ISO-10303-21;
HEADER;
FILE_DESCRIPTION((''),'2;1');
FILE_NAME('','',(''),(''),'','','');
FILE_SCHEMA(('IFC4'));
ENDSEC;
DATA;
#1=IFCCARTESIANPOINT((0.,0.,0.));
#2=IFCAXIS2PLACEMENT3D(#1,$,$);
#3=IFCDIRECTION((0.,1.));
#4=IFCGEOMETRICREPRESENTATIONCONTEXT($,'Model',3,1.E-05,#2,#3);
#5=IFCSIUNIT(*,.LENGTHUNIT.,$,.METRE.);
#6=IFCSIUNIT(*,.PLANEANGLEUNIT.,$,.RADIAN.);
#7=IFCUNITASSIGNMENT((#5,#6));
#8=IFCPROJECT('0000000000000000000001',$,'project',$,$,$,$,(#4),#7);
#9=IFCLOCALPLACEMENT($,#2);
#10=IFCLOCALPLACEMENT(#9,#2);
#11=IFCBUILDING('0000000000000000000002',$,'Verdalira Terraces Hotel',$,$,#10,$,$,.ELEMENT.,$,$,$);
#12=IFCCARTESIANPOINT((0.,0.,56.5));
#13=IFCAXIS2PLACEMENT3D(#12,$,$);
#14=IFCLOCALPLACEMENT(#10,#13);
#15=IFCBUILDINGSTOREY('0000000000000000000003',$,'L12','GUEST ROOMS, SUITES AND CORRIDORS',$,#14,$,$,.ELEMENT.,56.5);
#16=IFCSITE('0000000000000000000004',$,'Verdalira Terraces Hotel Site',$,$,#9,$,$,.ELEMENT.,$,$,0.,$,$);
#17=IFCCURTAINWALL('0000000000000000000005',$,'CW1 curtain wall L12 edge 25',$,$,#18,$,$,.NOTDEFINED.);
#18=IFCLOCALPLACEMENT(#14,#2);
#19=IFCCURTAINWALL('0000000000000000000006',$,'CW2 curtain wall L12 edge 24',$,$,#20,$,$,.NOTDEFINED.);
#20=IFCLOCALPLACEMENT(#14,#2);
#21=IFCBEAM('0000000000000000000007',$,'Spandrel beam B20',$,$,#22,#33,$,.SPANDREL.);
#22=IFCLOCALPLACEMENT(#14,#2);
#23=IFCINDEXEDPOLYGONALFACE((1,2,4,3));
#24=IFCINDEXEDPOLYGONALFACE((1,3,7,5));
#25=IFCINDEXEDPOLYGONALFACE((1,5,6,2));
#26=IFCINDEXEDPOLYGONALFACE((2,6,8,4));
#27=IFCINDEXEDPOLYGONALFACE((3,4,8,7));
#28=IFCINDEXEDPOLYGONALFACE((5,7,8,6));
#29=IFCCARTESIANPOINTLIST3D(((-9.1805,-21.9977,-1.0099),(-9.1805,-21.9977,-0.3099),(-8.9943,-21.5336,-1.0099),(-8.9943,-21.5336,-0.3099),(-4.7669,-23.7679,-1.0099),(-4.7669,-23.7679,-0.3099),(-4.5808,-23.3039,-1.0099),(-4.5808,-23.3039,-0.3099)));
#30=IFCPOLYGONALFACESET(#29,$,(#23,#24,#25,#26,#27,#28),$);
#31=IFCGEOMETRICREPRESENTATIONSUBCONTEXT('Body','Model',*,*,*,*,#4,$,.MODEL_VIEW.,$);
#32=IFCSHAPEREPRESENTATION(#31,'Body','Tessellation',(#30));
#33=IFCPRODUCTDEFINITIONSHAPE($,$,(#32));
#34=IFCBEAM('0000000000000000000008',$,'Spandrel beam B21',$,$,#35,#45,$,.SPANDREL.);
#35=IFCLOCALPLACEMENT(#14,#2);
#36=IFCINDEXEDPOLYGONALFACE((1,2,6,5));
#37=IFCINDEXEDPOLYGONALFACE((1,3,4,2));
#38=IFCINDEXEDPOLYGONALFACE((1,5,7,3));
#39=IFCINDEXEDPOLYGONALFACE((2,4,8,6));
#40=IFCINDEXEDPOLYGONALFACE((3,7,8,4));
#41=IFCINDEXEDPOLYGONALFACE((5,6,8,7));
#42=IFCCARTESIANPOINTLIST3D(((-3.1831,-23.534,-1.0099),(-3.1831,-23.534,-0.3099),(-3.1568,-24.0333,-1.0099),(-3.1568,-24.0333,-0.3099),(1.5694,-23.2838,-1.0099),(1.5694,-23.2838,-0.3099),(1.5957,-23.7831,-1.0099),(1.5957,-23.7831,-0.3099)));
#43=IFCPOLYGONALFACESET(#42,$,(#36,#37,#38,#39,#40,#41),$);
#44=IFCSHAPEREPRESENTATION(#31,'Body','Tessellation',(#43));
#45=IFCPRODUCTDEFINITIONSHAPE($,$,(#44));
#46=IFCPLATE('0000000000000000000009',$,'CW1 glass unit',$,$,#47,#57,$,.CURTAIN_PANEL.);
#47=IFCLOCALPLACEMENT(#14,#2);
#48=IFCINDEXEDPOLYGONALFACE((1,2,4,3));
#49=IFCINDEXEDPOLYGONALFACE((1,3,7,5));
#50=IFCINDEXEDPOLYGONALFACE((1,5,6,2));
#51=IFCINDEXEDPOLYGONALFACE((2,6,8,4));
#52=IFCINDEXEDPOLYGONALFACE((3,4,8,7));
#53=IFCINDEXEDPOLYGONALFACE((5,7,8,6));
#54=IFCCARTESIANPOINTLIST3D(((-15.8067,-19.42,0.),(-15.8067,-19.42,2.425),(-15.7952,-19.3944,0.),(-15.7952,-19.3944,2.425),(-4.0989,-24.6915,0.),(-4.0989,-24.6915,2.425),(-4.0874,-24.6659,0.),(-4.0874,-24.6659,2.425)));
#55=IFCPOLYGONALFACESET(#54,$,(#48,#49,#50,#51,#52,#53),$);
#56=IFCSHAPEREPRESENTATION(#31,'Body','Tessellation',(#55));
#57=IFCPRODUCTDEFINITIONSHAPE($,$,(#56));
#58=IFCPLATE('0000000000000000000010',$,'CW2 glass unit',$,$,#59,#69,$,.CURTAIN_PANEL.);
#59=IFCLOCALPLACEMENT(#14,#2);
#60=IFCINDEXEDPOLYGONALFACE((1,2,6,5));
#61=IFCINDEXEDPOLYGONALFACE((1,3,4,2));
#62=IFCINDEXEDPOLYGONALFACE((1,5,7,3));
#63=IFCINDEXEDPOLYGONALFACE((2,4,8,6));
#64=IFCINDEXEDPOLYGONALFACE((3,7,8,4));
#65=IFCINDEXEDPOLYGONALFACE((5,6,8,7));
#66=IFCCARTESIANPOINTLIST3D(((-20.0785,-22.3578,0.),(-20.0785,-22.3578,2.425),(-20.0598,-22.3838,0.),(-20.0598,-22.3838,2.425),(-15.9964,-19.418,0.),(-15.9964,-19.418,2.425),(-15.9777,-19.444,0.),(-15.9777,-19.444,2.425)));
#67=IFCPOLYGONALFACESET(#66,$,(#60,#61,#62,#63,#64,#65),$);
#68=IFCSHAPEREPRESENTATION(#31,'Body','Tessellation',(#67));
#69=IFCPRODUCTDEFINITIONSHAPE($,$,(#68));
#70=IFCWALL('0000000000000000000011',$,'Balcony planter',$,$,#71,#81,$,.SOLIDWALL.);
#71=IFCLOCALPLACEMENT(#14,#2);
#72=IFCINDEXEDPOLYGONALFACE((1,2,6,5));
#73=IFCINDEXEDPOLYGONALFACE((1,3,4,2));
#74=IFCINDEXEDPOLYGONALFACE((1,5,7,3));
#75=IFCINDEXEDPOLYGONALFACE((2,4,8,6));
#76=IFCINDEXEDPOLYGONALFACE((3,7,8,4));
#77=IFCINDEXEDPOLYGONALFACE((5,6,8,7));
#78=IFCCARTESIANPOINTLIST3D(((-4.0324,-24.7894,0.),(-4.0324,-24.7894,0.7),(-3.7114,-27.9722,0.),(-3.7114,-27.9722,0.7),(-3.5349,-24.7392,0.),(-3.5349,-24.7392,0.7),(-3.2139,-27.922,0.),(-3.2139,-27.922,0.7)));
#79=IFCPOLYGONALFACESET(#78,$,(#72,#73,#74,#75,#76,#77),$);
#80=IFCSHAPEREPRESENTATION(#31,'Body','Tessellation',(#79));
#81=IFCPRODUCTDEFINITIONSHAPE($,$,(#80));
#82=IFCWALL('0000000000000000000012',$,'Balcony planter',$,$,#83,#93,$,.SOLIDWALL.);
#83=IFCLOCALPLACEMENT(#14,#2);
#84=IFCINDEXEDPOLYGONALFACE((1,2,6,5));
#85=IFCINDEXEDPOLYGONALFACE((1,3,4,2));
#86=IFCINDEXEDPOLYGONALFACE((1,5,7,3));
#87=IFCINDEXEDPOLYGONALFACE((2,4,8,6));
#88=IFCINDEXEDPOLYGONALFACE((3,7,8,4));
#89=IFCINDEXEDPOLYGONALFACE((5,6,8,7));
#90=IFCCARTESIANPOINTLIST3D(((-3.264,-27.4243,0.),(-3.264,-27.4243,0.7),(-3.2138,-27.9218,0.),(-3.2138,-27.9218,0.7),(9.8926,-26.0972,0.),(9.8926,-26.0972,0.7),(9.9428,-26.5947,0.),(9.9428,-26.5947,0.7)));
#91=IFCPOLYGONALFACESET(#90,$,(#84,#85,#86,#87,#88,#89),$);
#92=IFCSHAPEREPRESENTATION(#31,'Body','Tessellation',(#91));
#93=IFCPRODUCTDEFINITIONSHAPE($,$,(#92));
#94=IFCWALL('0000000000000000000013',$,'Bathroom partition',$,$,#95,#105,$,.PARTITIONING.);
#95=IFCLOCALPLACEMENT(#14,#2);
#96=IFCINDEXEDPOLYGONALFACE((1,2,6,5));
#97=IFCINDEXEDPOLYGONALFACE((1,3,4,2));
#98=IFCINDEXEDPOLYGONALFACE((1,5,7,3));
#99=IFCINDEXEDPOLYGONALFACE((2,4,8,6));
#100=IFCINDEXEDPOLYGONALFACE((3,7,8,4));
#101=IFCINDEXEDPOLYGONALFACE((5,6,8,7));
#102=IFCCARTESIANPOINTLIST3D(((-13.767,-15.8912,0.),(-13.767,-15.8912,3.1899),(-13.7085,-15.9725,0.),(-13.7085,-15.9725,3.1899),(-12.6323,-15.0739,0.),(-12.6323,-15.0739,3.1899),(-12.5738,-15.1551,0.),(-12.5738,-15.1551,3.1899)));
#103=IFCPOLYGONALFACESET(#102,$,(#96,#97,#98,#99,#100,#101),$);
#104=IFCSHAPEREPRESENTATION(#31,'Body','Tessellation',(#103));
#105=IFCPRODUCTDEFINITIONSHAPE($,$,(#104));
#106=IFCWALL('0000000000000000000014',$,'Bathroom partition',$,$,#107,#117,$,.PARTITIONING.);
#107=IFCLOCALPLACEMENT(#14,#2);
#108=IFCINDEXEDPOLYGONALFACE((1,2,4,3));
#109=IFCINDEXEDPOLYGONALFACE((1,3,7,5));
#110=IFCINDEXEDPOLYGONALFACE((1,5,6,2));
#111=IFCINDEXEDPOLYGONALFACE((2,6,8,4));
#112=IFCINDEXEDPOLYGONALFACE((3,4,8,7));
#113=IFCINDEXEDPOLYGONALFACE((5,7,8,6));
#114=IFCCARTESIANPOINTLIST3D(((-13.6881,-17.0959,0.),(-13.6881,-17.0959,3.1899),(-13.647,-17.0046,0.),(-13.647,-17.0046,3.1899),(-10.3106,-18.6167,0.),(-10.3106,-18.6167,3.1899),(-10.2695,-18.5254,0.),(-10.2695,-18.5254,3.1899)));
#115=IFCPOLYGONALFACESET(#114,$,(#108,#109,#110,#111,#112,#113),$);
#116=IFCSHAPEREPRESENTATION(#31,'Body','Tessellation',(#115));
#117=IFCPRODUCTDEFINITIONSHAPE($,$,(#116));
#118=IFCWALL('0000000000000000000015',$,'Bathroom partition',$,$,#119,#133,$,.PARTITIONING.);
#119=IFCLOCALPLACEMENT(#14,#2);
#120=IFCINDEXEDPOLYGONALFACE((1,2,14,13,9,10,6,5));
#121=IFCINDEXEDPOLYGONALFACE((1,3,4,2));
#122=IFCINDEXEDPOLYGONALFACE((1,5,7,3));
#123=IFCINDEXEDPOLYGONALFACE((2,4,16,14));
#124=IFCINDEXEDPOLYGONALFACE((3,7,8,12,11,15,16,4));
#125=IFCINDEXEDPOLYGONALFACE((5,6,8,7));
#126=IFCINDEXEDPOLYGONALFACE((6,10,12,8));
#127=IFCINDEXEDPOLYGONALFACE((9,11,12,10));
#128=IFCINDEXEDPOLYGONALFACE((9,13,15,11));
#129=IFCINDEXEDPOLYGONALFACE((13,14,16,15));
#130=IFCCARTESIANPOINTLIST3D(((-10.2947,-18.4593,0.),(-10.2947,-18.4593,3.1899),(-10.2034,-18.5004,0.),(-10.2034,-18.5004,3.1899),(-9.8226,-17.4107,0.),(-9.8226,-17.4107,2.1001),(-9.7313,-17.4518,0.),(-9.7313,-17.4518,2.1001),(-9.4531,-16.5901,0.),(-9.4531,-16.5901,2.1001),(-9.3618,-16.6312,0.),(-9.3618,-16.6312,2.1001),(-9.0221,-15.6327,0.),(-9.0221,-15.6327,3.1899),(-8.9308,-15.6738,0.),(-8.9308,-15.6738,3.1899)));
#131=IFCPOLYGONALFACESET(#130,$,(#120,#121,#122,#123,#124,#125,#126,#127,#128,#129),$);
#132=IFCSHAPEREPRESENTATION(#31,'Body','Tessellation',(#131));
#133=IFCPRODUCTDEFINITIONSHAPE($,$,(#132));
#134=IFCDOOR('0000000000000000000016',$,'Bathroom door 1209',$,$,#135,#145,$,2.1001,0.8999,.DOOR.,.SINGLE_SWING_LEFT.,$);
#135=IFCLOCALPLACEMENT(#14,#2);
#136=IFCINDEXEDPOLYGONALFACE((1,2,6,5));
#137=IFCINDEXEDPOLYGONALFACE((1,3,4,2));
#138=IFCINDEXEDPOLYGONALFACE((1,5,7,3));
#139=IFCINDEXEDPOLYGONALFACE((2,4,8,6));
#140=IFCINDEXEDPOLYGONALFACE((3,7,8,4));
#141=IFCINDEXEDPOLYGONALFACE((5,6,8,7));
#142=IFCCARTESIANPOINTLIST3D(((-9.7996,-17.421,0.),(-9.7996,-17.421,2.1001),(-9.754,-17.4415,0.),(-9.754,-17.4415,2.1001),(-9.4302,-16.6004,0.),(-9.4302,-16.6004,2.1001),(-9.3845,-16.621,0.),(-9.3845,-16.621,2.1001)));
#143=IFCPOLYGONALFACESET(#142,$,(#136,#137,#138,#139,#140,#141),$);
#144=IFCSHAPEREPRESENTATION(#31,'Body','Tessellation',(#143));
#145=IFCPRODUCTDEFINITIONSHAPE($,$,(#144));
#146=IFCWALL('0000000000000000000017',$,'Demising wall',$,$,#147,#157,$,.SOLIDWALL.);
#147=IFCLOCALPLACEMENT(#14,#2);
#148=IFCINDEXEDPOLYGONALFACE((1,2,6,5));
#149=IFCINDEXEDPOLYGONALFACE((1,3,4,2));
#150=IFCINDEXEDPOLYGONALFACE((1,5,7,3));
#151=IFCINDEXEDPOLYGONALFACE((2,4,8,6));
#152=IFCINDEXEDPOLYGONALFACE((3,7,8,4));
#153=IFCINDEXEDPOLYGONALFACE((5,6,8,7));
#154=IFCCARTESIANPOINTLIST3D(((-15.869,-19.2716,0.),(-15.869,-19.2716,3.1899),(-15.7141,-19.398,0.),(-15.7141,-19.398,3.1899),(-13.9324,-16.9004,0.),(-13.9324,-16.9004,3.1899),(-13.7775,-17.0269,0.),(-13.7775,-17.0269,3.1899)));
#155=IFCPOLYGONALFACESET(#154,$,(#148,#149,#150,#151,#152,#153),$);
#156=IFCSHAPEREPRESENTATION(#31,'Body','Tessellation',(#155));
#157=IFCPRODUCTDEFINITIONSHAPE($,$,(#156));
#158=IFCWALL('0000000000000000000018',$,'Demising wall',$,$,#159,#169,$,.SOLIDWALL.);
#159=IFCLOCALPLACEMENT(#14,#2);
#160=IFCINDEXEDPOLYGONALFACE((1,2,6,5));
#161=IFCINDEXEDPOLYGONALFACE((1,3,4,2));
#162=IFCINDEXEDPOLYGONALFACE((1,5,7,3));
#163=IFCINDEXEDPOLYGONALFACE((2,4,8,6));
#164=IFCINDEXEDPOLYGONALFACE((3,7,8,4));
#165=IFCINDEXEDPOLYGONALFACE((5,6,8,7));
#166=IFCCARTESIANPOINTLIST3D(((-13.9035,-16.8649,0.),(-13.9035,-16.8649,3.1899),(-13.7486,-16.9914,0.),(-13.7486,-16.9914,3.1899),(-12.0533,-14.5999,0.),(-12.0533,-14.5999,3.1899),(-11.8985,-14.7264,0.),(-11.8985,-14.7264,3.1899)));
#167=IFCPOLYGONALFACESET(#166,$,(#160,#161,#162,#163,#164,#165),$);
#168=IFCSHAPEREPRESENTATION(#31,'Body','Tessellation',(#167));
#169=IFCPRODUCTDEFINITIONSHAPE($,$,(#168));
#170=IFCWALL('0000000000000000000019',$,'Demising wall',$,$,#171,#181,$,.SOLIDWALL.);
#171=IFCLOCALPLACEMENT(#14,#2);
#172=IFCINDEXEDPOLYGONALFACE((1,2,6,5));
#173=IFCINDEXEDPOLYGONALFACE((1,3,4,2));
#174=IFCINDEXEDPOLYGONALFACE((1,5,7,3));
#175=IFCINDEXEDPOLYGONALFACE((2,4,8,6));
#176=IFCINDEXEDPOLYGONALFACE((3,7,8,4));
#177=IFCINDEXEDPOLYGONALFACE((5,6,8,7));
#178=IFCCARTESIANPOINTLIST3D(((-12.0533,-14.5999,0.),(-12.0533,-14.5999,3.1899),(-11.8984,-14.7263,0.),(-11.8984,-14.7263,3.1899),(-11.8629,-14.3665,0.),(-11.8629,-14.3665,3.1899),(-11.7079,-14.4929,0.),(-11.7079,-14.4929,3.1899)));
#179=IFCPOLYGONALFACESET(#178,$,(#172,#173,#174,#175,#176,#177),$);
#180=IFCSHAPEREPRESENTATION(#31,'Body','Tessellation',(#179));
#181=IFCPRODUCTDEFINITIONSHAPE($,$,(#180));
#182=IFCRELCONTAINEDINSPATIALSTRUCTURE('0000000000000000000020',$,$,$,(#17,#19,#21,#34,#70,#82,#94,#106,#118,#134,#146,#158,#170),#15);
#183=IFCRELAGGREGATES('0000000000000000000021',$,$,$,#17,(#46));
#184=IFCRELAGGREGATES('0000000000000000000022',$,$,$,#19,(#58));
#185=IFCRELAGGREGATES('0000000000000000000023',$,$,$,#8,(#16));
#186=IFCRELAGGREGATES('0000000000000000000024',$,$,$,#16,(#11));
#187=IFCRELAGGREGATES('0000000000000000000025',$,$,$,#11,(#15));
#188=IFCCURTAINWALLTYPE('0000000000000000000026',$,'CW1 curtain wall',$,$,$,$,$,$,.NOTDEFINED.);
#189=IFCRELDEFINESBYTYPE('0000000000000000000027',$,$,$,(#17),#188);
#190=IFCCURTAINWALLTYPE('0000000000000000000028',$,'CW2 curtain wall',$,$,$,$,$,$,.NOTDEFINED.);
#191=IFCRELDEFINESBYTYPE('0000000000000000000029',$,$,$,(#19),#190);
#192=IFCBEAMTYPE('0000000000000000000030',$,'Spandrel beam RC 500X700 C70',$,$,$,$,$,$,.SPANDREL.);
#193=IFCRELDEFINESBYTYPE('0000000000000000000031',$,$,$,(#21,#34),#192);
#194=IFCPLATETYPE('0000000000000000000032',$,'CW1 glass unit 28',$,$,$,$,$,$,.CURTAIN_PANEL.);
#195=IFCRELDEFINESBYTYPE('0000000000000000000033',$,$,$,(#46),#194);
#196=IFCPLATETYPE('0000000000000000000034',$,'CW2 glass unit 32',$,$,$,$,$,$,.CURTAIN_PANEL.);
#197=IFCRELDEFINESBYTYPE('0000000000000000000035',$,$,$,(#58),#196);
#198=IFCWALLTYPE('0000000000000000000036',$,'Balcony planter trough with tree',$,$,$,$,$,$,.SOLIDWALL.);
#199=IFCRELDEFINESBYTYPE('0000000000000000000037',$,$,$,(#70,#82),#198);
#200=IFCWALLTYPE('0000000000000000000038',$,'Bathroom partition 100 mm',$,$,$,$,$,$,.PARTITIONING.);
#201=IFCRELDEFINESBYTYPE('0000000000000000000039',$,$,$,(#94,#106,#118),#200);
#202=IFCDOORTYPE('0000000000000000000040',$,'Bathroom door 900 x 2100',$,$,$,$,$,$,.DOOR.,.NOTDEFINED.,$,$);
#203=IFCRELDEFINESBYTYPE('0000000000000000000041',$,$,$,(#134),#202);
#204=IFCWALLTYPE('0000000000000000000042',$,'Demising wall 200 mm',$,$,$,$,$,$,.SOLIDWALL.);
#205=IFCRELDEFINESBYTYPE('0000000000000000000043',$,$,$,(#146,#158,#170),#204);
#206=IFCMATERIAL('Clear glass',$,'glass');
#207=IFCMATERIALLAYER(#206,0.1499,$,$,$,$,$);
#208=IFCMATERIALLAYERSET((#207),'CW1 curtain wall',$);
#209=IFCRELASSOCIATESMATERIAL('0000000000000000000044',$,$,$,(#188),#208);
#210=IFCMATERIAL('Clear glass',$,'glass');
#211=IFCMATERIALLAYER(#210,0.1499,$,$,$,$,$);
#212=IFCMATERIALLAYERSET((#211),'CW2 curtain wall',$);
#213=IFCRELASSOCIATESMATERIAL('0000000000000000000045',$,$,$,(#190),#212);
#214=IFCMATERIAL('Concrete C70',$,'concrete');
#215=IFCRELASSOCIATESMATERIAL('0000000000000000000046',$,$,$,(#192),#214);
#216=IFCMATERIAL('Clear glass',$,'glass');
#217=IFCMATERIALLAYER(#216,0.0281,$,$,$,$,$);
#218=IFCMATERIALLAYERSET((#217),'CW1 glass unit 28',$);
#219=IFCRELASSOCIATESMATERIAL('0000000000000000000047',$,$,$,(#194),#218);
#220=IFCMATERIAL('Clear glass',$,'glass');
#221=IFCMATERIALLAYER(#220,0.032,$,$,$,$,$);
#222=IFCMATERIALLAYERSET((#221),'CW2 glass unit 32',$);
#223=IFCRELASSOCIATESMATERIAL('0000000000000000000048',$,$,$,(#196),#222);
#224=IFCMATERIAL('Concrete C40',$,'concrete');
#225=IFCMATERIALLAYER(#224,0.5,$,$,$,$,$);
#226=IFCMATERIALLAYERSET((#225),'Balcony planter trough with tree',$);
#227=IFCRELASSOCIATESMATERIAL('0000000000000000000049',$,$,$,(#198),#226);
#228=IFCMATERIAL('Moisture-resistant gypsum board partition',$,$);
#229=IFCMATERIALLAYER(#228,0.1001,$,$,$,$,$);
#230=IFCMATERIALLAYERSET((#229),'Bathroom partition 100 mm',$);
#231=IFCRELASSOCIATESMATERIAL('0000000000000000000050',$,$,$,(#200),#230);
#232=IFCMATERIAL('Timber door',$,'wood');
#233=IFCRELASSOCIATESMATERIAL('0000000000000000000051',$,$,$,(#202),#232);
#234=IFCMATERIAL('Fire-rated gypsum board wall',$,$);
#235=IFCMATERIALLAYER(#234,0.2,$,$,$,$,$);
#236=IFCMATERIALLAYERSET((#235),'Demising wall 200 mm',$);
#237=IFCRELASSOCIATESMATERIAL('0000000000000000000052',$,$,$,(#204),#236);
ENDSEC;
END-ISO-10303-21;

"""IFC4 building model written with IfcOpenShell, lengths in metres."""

from ifc_helpers import new_model, si_unit, direction, frame, frame_2d, origin, origin_2d, place, context, subcontext, project, spatial, rectangle, extrude, material, layer, layer_set, material_profile, profile_set, type_object, element, fill, aggregate, save


model = new_model("IFC4")

# Units and contexts
model_context = context("Model", 3, precision=1e-05, world=origin(), true_north=direction((0.0, 1.0)))
body_context = subcontext(model_context, "Body", "Model", "MODEL_VIEW")
ifc_project = project(units=[si_unit("LENGTHUNIT", "METRE"), si_unit("PLANEANGLEUNIT", "RADIAN")], contexts=[model_context])

# Site, building, storey
site_placement = place(None, origin())
site = spatial("IfcSite", under=ifc_project, at=site_placement, Name="Verdalira Terraces Hotel Site", CompositionType="ELEMENT", RefElevation=0.0)
building_placement = place(site_placement, origin())
building = spatial("IfcBuilding", under=site, at=building_placement, Name="Verdalira Terraces Hotel", CompositionType="ELEMENT")
storey_placement = place(building_placement, frame((0.0, 0.0, 56.5)))
storey = spatial("IfcBuildingStorey", under=building, at=storey_placement, Name="L12", Description="GUEST ROOMS, SUITES AND CORRIDORS", CompositionType="ELEMENT", Elevation=56.5)

# Curtain wall
ifc_material_1 = material(Name="Clear glass", Category="glass")
ifc_layer_1 = layer(ifc_material_1, 0.1499)
ifc_layer_set_1 = layer_set([ifc_layer_1], Name="CW1 curtain wall")
curtain_wall_type_1 = type_object("IfcCurtainWallType", Name="CW1 curtain wall", PredefinedType="NOTDEFINED", material=ifc_layer_set_1)
curtain_wall_1_placement = place(storey_placement, origin())
curtain_wall_1 = element("IfcCurtainWall", 1, at=curtain_wall_1_placement, inside=storey, type_object=curtain_wall_type_1, Name="CW1 curtain wall L12 edge 25", PredefinedType="NOTDEFINED")

# Curtain wall
ifc_material_2 = material(Name="Clear glass", Category="glass")
ifc_layer_2 = layer(ifc_material_2, 0.1499)
ifc_layer_set_2 = layer_set([ifc_layer_2], Name="CW2 curtain wall")
curtain_wall_type_2 = type_object("IfcCurtainWallType", Name="CW2 curtain wall", PredefinedType="NOTDEFINED", material=ifc_layer_set_2)
curtain_wall_2_placement = place(storey_placement, origin())
curtain_wall_2 = element("IfcCurtainWall", 2, at=curtain_wall_2_placement, inside=storey, type_object=curtain_wall_type_2, Name="CW2 curtain wall L12 edge 24", PredefinedType="NOTDEFINED")

# Beams
ifc_material_3 = material(Name="Concrete C70", Category="concrete")
ifc_material_profile_1 = material_profile(ifc_material_3, rectangle(XDim=0.5, YDim=0.7, at=origin_2d()), Name="RC 500X700")
ifc_profile_set_1 = profile_set([ifc_material_profile_1], Name="Concrete C70")
beam_type_1 = type_object("IfcBeamType", Name="Spandrel beam RC 500X700 C70", PredefinedType="SPANDREL", material=ifc_profile_set_1)
beam_1_placement = place(storey_placement, frame((-9.0874, -21.7656, -0.6599), z_axis=(0.928126, -0.372267, 0.0), x_axis=(0.372267, 0.928126, 0.0)))
element("IfcBeam", 3, at=beam_1_placement, inside=storey, type_object=beam_type_1, Name="Spandrel beam B20", PredefinedType="SPANDREL", context=body_context, shape_type="SweptSolid", body=[
    extrude(rectangle(XDim=0.5, YDim=0.7, at=origin_2d()), origin(), (0.0, 0.0, 1.0), 4.7554),
])
beam_2_placement = place(storey_placement, frame((-3.1699, -23.7837, -0.6599), z_axis=(0.998617, 0.052583, 0.0), x_axis=(-0.052583, 0.998617, 0.0)))
element("IfcBeam", 4, at=beam_2_placement, inside=storey, type_object=beam_type_1, Name="Spandrel beam B21", PredefinedType="SPANDREL", context=body_context, shape_type="SweptSolid", body=[
    extrude(rectangle(XDim=0.5, YDim=0.7, at=origin_2d()), origin(), (0.0, 0.0, 1.0), 4.759),
])

# Plates
ifc_material_4 = material(Name="Clear glass", Category="glass")
ifc_layer_3 = layer(ifc_material_4, 0.0281)
ifc_layer_set_3 = layer_set([ifc_layer_3], Name="CW1 glass unit 28")
plate_type_1 = type_object("IfcPlateType", Name="CW1 glass unit 28", PredefinedType="CURTAIN_PANEL", material=ifc_layer_set_3)
plate_1_placement = place(storey_placement, frame((-9.947, -22.043, 0.0), z_axis=(0.0, 0.0, 1.0), x_axis=(0.911834, -0.41056, 0.0)))
plate_1 = element("IfcPlate", 5, at=plate_1_placement, type_object=plate_type_1, Name="CW1 glass unit", PredefinedType="CURTAIN_PANEL", context=body_context, shape_type="SweptSolid", body=[
    extrude(rectangle(XDim=12.8398, YDim=0.0281, at=origin_2d()), origin(), (0.0, 0.0, 1.0), 2.425),
])
aggregate(curtain_wall_1, [plate_1])
ifc_material_5 = material(Name="Clear glass", Category="glass")
ifc_layer_4 = layer(ifc_material_5, 0.032)
ifc_layer_set_4 = layer_set([ifc_layer_4], Name="CW2 glass unit 32")
plate_type_2 = type_object("IfcPlateType", Name="CW2 glass unit 32", PredefinedType="CURTAIN_PANEL", material=ifc_layer_set_4)
plate_2_placement = place(storey_placement, frame((-18.0281, -20.9009, 0.0), z_axis=(0.0, 0.0, 1.0), x_axis=(0.811472, 0.584391, 0.0)))
plate_2 = element("IfcPlate", 6, at=plate_2_placement, type_object=plate_type_2, Name="CW2 glass unit", PredefinedType="CURTAIN_PANEL", context=body_context, shape_type="SweptSolid", body=[
    extrude(rectangle(XDim=5.0305, YDim=0.032, at=origin_2d()), origin(), (0.0, 0.0, 1.0), 2.425),
])
aggregate(curtain_wall_2, [plate_2])

# Walls
ifc_material_6 = material(Name="Concrete C40", Category="concrete")
ifc_layer_5 = layer(ifc_material_6, 0.5)
ifc_layer_set_5 = layer_set([ifc_layer_5], Name="Balcony planter trough with tree")
wall_type_1 = type_object("IfcWallType", Name="Balcony planter trough with tree", PredefinedType="SOLIDWALL", material=ifc_layer_set_5)
wall_1_placement = place(storey_placement, frame((-3.7837, -24.7642, 0.0), z_axis=(0.0, 0.0, 1.0), x_axis=(0.100358, -0.994951, 0.0)))
element("IfcWall", 7, at=wall_1_placement, inside=storey, type_object=wall_type_1, Name="Balcony planter", PredefinedType="SOLIDWALL", context=body_context, shape_type="SweptSolid", body=[
    extrude(rectangle(XDim=3.199, YDim=0.5, at=frame_2d((1.5996, 0.0))), origin(), (0.0, 0.0, 1.0), 0.7),
])
wall_2_placement = place(storey_placement, frame((-3.239, -27.6731, 0.0), z_axis=(0.0, 0.0, 1.0), x_axis=(0.994951, 0.100363, 0.0)))
element("IfcWall", 8, at=wall_2_placement, inside=storey, type_object=wall_type_1, Name="Balcony planter", PredefinedType="SOLIDWALL", context=body_context, shape_type="SweptSolid", body=[
    extrude(rectangle(XDim=13.2234, YDim=0.5, at=frame_2d((6.6118, 0.0))), origin(), (0.0, 0.0, 1.0), 0.7),
])
ifc_material_7 = material(Name="Moisture-resistant gypsum board partition")
ifc_layer_6 = layer(ifc_material_7, 0.1001)
ifc_layer_set_6 = layer_set([ifc_layer_6], Name="Bathroom partition 100 mm")
wall_type_2 = type_object("IfcWallType", Name="Bathroom partition 100 mm", PredefinedType="PARTITIONING", material=ifc_layer_set_6)
wall_3_placement = place(storey_placement, frame((-12.603, -15.1145, 0.0), z_axis=(0.0, 0.0, 1.0), x_axis=(-0.811415, -0.58447, 0.0)))
element("IfcWall", 9, at=wall_3_placement, inside=storey, type_object=wall_type_2, Name="Bathroom partition", PredefinedType="PARTITIONING", context=body_context, shape_type="SweptSolid", body=[
    extrude(rectangle(XDim=1.3984, YDim=0.1001, at=frame_2d((0.6992, 0.0))), origin(), (0.0, 0.0, 1.0), 3.1899),
])
wall_4_placement = place(storey_placement, frame((-10.29, -18.571, 0.0), z_axis=(0.0, 0.0, 1.0), x_axis=(-0.91183, 0.410567, 0.0)))
element("IfcWall", 10, at=wall_4_placement, inside=storey, type_object=wall_type_2, Name="Bathroom partition", PredefinedType="PARTITIONING", context=body_context, shape_type="SweptSolid", body=[
    extrude(rectangle(XDim=3.7041, YDim=0.1001, at=frame_2d((1.8521, 0.0))), origin(), (0.0, 0.0, 1.0), 3.1899),
])

# Wall, opening, door
wall_5_placement = place(storey_placement, frame((-10.249, -18.4797, 0.0), z_axis=(0.0, 0.0, 1.0), x_axis=(0.410555, 0.911836, 0.0)))
wall_5 = element("IfcWall", 11, at=wall_5_placement, inside=storey, type_object=wall_type_2, Name="Bathroom partition", PredefinedType="PARTITIONING", context=body_context, shape_type="SweptSolid", body=[
    extrude(rectangle(XDim=3.0999, YDim=0.1001, at=frame_2d((1.5498, 0.0))), origin(), (0.0, 0.0, 1.0), 3.1899),
])
opening_1_placement = place(wall_5_placement, frame((1.1499, 0.0, 0.0)))
opening_1 = element("IfcOpeningElement", 12, at=opening_1_placement, cuts=wall_5, PredefinedType="OPENING", context=body_context, shape_type="SweptSolid", body=[
    extrude(rectangle(XDim=0.8999, YDim=2.1001, at=frame_2d((0.45, 1.05))), frame((0.0, 0.0601, 0.0), z_axis=(0.0, -1.0, 0.0), x_axis=(1.0, 0.0, 0.0)), (0.0, 0.0, 1.0), 0.1201),
])
ifc_material_8 = material(Name="Timber door", Category="wood")
door_type_1 = type_object("IfcDoorType", Name="Bathroom door 900 x 2100", OperationType="NOTDEFINED", PredefinedType="DOOR", material=ifc_material_8)
door_1_placement = place(opening_1_placement, origin())
door_1 = element("IfcDoor", 13, at=door_1_placement, inside=storey, type_object=door_type_1, Name="Bathroom door 1209", OperationType="SINGLE_SWING_LEFT", OverallHeight=2.1001, OverallWidth=0.8999, PredefinedType="DOOR", context=body_context, shape_type="SweptSolid", body=[
    extrude(rectangle(XDim=0.8999, YDim=2.1001, at=frame_2d((0.45, 1.05))), frame((0.0, 0.0249, 0.0), z_axis=(0.0, -1.0, 0.0), x_axis=(1.0, 0.0, 0.0)), (0.0, 0.0, 1.0), 0.05),
])
fill(opening_1, door_1)

# Walls
ifc_material_9 = material(Name="Fire-rated gypsum board wall")
ifc_layer_7 = layer(ifc_material_9, 0.2)
ifc_layer_set_7 = layer_set([ifc_layer_7], Name="Demising wall 200 mm")
wall_type_3 = type_object("IfcWallType", Name="Demising wall 200 mm", PredefinedType="SOLIDWALL", material=ifc_layer_set_7)
wall_6_placement = place(storey_placement, frame((-13.855, -16.9636, 0.0), z_axis=(0.0, 0.0, 1.0), x_axis=(-0.63256, -0.774511, 0.0)))
element("IfcWall", 14, at=wall_6_placement, inside=storey, type_object=wall_type_3, Name="Demising wall", PredefinedType="SOLIDWALL", context=body_context, shape_type="SweptSolid", body=[
    extrude(rectangle(XDim=3.0615, YDim=0.2, at=frame_2d((1.5308, 0.0))), origin(), (0.0, 0.0, 1.0), 3.1899),
])
wall_7_placement = place(storey_placement, frame((-11.9758, -14.6631, 0.0), z_axis=(0.0, 0.0, 1.0), x_axis=(-0.632624, -0.774459, 0.0)))
element("IfcWall", 15, at=wall_7_placement, inside=storey, type_object=wall_type_3, Name="Demising wall", PredefinedType="SOLIDWALL", context=body_context, shape_type="SweptSolid", body=[
    extrude(rectangle(XDim=2.9246, YDim=0.2, at=frame_2d((1.4624, 0.0))), origin(), (0.0, 0.0, 1.0), 3.1899),
])
wall_8_placement = place(storey_placement, frame((-11.7854, -14.4297, 0.0), z_axis=(0.0, 0.0, 1.0), x_axis=(-0.632178, -0.774823, 0.0)))
element("IfcWall", 16, at=wall_8_placement, inside=storey, type_object=wall_type_3, Name="Demising wall", PredefinedType="SOLIDWALL", context=body_context, shape_type="SweptSolid", body=[
    extrude(rectangle(XDim=0.3013, YDim=0.2, at=frame_2d((0.1506, 0.0))), origin(), (0.0, 0.0, 1.0), 3.1899),
])

save(model, "model.ifc")
